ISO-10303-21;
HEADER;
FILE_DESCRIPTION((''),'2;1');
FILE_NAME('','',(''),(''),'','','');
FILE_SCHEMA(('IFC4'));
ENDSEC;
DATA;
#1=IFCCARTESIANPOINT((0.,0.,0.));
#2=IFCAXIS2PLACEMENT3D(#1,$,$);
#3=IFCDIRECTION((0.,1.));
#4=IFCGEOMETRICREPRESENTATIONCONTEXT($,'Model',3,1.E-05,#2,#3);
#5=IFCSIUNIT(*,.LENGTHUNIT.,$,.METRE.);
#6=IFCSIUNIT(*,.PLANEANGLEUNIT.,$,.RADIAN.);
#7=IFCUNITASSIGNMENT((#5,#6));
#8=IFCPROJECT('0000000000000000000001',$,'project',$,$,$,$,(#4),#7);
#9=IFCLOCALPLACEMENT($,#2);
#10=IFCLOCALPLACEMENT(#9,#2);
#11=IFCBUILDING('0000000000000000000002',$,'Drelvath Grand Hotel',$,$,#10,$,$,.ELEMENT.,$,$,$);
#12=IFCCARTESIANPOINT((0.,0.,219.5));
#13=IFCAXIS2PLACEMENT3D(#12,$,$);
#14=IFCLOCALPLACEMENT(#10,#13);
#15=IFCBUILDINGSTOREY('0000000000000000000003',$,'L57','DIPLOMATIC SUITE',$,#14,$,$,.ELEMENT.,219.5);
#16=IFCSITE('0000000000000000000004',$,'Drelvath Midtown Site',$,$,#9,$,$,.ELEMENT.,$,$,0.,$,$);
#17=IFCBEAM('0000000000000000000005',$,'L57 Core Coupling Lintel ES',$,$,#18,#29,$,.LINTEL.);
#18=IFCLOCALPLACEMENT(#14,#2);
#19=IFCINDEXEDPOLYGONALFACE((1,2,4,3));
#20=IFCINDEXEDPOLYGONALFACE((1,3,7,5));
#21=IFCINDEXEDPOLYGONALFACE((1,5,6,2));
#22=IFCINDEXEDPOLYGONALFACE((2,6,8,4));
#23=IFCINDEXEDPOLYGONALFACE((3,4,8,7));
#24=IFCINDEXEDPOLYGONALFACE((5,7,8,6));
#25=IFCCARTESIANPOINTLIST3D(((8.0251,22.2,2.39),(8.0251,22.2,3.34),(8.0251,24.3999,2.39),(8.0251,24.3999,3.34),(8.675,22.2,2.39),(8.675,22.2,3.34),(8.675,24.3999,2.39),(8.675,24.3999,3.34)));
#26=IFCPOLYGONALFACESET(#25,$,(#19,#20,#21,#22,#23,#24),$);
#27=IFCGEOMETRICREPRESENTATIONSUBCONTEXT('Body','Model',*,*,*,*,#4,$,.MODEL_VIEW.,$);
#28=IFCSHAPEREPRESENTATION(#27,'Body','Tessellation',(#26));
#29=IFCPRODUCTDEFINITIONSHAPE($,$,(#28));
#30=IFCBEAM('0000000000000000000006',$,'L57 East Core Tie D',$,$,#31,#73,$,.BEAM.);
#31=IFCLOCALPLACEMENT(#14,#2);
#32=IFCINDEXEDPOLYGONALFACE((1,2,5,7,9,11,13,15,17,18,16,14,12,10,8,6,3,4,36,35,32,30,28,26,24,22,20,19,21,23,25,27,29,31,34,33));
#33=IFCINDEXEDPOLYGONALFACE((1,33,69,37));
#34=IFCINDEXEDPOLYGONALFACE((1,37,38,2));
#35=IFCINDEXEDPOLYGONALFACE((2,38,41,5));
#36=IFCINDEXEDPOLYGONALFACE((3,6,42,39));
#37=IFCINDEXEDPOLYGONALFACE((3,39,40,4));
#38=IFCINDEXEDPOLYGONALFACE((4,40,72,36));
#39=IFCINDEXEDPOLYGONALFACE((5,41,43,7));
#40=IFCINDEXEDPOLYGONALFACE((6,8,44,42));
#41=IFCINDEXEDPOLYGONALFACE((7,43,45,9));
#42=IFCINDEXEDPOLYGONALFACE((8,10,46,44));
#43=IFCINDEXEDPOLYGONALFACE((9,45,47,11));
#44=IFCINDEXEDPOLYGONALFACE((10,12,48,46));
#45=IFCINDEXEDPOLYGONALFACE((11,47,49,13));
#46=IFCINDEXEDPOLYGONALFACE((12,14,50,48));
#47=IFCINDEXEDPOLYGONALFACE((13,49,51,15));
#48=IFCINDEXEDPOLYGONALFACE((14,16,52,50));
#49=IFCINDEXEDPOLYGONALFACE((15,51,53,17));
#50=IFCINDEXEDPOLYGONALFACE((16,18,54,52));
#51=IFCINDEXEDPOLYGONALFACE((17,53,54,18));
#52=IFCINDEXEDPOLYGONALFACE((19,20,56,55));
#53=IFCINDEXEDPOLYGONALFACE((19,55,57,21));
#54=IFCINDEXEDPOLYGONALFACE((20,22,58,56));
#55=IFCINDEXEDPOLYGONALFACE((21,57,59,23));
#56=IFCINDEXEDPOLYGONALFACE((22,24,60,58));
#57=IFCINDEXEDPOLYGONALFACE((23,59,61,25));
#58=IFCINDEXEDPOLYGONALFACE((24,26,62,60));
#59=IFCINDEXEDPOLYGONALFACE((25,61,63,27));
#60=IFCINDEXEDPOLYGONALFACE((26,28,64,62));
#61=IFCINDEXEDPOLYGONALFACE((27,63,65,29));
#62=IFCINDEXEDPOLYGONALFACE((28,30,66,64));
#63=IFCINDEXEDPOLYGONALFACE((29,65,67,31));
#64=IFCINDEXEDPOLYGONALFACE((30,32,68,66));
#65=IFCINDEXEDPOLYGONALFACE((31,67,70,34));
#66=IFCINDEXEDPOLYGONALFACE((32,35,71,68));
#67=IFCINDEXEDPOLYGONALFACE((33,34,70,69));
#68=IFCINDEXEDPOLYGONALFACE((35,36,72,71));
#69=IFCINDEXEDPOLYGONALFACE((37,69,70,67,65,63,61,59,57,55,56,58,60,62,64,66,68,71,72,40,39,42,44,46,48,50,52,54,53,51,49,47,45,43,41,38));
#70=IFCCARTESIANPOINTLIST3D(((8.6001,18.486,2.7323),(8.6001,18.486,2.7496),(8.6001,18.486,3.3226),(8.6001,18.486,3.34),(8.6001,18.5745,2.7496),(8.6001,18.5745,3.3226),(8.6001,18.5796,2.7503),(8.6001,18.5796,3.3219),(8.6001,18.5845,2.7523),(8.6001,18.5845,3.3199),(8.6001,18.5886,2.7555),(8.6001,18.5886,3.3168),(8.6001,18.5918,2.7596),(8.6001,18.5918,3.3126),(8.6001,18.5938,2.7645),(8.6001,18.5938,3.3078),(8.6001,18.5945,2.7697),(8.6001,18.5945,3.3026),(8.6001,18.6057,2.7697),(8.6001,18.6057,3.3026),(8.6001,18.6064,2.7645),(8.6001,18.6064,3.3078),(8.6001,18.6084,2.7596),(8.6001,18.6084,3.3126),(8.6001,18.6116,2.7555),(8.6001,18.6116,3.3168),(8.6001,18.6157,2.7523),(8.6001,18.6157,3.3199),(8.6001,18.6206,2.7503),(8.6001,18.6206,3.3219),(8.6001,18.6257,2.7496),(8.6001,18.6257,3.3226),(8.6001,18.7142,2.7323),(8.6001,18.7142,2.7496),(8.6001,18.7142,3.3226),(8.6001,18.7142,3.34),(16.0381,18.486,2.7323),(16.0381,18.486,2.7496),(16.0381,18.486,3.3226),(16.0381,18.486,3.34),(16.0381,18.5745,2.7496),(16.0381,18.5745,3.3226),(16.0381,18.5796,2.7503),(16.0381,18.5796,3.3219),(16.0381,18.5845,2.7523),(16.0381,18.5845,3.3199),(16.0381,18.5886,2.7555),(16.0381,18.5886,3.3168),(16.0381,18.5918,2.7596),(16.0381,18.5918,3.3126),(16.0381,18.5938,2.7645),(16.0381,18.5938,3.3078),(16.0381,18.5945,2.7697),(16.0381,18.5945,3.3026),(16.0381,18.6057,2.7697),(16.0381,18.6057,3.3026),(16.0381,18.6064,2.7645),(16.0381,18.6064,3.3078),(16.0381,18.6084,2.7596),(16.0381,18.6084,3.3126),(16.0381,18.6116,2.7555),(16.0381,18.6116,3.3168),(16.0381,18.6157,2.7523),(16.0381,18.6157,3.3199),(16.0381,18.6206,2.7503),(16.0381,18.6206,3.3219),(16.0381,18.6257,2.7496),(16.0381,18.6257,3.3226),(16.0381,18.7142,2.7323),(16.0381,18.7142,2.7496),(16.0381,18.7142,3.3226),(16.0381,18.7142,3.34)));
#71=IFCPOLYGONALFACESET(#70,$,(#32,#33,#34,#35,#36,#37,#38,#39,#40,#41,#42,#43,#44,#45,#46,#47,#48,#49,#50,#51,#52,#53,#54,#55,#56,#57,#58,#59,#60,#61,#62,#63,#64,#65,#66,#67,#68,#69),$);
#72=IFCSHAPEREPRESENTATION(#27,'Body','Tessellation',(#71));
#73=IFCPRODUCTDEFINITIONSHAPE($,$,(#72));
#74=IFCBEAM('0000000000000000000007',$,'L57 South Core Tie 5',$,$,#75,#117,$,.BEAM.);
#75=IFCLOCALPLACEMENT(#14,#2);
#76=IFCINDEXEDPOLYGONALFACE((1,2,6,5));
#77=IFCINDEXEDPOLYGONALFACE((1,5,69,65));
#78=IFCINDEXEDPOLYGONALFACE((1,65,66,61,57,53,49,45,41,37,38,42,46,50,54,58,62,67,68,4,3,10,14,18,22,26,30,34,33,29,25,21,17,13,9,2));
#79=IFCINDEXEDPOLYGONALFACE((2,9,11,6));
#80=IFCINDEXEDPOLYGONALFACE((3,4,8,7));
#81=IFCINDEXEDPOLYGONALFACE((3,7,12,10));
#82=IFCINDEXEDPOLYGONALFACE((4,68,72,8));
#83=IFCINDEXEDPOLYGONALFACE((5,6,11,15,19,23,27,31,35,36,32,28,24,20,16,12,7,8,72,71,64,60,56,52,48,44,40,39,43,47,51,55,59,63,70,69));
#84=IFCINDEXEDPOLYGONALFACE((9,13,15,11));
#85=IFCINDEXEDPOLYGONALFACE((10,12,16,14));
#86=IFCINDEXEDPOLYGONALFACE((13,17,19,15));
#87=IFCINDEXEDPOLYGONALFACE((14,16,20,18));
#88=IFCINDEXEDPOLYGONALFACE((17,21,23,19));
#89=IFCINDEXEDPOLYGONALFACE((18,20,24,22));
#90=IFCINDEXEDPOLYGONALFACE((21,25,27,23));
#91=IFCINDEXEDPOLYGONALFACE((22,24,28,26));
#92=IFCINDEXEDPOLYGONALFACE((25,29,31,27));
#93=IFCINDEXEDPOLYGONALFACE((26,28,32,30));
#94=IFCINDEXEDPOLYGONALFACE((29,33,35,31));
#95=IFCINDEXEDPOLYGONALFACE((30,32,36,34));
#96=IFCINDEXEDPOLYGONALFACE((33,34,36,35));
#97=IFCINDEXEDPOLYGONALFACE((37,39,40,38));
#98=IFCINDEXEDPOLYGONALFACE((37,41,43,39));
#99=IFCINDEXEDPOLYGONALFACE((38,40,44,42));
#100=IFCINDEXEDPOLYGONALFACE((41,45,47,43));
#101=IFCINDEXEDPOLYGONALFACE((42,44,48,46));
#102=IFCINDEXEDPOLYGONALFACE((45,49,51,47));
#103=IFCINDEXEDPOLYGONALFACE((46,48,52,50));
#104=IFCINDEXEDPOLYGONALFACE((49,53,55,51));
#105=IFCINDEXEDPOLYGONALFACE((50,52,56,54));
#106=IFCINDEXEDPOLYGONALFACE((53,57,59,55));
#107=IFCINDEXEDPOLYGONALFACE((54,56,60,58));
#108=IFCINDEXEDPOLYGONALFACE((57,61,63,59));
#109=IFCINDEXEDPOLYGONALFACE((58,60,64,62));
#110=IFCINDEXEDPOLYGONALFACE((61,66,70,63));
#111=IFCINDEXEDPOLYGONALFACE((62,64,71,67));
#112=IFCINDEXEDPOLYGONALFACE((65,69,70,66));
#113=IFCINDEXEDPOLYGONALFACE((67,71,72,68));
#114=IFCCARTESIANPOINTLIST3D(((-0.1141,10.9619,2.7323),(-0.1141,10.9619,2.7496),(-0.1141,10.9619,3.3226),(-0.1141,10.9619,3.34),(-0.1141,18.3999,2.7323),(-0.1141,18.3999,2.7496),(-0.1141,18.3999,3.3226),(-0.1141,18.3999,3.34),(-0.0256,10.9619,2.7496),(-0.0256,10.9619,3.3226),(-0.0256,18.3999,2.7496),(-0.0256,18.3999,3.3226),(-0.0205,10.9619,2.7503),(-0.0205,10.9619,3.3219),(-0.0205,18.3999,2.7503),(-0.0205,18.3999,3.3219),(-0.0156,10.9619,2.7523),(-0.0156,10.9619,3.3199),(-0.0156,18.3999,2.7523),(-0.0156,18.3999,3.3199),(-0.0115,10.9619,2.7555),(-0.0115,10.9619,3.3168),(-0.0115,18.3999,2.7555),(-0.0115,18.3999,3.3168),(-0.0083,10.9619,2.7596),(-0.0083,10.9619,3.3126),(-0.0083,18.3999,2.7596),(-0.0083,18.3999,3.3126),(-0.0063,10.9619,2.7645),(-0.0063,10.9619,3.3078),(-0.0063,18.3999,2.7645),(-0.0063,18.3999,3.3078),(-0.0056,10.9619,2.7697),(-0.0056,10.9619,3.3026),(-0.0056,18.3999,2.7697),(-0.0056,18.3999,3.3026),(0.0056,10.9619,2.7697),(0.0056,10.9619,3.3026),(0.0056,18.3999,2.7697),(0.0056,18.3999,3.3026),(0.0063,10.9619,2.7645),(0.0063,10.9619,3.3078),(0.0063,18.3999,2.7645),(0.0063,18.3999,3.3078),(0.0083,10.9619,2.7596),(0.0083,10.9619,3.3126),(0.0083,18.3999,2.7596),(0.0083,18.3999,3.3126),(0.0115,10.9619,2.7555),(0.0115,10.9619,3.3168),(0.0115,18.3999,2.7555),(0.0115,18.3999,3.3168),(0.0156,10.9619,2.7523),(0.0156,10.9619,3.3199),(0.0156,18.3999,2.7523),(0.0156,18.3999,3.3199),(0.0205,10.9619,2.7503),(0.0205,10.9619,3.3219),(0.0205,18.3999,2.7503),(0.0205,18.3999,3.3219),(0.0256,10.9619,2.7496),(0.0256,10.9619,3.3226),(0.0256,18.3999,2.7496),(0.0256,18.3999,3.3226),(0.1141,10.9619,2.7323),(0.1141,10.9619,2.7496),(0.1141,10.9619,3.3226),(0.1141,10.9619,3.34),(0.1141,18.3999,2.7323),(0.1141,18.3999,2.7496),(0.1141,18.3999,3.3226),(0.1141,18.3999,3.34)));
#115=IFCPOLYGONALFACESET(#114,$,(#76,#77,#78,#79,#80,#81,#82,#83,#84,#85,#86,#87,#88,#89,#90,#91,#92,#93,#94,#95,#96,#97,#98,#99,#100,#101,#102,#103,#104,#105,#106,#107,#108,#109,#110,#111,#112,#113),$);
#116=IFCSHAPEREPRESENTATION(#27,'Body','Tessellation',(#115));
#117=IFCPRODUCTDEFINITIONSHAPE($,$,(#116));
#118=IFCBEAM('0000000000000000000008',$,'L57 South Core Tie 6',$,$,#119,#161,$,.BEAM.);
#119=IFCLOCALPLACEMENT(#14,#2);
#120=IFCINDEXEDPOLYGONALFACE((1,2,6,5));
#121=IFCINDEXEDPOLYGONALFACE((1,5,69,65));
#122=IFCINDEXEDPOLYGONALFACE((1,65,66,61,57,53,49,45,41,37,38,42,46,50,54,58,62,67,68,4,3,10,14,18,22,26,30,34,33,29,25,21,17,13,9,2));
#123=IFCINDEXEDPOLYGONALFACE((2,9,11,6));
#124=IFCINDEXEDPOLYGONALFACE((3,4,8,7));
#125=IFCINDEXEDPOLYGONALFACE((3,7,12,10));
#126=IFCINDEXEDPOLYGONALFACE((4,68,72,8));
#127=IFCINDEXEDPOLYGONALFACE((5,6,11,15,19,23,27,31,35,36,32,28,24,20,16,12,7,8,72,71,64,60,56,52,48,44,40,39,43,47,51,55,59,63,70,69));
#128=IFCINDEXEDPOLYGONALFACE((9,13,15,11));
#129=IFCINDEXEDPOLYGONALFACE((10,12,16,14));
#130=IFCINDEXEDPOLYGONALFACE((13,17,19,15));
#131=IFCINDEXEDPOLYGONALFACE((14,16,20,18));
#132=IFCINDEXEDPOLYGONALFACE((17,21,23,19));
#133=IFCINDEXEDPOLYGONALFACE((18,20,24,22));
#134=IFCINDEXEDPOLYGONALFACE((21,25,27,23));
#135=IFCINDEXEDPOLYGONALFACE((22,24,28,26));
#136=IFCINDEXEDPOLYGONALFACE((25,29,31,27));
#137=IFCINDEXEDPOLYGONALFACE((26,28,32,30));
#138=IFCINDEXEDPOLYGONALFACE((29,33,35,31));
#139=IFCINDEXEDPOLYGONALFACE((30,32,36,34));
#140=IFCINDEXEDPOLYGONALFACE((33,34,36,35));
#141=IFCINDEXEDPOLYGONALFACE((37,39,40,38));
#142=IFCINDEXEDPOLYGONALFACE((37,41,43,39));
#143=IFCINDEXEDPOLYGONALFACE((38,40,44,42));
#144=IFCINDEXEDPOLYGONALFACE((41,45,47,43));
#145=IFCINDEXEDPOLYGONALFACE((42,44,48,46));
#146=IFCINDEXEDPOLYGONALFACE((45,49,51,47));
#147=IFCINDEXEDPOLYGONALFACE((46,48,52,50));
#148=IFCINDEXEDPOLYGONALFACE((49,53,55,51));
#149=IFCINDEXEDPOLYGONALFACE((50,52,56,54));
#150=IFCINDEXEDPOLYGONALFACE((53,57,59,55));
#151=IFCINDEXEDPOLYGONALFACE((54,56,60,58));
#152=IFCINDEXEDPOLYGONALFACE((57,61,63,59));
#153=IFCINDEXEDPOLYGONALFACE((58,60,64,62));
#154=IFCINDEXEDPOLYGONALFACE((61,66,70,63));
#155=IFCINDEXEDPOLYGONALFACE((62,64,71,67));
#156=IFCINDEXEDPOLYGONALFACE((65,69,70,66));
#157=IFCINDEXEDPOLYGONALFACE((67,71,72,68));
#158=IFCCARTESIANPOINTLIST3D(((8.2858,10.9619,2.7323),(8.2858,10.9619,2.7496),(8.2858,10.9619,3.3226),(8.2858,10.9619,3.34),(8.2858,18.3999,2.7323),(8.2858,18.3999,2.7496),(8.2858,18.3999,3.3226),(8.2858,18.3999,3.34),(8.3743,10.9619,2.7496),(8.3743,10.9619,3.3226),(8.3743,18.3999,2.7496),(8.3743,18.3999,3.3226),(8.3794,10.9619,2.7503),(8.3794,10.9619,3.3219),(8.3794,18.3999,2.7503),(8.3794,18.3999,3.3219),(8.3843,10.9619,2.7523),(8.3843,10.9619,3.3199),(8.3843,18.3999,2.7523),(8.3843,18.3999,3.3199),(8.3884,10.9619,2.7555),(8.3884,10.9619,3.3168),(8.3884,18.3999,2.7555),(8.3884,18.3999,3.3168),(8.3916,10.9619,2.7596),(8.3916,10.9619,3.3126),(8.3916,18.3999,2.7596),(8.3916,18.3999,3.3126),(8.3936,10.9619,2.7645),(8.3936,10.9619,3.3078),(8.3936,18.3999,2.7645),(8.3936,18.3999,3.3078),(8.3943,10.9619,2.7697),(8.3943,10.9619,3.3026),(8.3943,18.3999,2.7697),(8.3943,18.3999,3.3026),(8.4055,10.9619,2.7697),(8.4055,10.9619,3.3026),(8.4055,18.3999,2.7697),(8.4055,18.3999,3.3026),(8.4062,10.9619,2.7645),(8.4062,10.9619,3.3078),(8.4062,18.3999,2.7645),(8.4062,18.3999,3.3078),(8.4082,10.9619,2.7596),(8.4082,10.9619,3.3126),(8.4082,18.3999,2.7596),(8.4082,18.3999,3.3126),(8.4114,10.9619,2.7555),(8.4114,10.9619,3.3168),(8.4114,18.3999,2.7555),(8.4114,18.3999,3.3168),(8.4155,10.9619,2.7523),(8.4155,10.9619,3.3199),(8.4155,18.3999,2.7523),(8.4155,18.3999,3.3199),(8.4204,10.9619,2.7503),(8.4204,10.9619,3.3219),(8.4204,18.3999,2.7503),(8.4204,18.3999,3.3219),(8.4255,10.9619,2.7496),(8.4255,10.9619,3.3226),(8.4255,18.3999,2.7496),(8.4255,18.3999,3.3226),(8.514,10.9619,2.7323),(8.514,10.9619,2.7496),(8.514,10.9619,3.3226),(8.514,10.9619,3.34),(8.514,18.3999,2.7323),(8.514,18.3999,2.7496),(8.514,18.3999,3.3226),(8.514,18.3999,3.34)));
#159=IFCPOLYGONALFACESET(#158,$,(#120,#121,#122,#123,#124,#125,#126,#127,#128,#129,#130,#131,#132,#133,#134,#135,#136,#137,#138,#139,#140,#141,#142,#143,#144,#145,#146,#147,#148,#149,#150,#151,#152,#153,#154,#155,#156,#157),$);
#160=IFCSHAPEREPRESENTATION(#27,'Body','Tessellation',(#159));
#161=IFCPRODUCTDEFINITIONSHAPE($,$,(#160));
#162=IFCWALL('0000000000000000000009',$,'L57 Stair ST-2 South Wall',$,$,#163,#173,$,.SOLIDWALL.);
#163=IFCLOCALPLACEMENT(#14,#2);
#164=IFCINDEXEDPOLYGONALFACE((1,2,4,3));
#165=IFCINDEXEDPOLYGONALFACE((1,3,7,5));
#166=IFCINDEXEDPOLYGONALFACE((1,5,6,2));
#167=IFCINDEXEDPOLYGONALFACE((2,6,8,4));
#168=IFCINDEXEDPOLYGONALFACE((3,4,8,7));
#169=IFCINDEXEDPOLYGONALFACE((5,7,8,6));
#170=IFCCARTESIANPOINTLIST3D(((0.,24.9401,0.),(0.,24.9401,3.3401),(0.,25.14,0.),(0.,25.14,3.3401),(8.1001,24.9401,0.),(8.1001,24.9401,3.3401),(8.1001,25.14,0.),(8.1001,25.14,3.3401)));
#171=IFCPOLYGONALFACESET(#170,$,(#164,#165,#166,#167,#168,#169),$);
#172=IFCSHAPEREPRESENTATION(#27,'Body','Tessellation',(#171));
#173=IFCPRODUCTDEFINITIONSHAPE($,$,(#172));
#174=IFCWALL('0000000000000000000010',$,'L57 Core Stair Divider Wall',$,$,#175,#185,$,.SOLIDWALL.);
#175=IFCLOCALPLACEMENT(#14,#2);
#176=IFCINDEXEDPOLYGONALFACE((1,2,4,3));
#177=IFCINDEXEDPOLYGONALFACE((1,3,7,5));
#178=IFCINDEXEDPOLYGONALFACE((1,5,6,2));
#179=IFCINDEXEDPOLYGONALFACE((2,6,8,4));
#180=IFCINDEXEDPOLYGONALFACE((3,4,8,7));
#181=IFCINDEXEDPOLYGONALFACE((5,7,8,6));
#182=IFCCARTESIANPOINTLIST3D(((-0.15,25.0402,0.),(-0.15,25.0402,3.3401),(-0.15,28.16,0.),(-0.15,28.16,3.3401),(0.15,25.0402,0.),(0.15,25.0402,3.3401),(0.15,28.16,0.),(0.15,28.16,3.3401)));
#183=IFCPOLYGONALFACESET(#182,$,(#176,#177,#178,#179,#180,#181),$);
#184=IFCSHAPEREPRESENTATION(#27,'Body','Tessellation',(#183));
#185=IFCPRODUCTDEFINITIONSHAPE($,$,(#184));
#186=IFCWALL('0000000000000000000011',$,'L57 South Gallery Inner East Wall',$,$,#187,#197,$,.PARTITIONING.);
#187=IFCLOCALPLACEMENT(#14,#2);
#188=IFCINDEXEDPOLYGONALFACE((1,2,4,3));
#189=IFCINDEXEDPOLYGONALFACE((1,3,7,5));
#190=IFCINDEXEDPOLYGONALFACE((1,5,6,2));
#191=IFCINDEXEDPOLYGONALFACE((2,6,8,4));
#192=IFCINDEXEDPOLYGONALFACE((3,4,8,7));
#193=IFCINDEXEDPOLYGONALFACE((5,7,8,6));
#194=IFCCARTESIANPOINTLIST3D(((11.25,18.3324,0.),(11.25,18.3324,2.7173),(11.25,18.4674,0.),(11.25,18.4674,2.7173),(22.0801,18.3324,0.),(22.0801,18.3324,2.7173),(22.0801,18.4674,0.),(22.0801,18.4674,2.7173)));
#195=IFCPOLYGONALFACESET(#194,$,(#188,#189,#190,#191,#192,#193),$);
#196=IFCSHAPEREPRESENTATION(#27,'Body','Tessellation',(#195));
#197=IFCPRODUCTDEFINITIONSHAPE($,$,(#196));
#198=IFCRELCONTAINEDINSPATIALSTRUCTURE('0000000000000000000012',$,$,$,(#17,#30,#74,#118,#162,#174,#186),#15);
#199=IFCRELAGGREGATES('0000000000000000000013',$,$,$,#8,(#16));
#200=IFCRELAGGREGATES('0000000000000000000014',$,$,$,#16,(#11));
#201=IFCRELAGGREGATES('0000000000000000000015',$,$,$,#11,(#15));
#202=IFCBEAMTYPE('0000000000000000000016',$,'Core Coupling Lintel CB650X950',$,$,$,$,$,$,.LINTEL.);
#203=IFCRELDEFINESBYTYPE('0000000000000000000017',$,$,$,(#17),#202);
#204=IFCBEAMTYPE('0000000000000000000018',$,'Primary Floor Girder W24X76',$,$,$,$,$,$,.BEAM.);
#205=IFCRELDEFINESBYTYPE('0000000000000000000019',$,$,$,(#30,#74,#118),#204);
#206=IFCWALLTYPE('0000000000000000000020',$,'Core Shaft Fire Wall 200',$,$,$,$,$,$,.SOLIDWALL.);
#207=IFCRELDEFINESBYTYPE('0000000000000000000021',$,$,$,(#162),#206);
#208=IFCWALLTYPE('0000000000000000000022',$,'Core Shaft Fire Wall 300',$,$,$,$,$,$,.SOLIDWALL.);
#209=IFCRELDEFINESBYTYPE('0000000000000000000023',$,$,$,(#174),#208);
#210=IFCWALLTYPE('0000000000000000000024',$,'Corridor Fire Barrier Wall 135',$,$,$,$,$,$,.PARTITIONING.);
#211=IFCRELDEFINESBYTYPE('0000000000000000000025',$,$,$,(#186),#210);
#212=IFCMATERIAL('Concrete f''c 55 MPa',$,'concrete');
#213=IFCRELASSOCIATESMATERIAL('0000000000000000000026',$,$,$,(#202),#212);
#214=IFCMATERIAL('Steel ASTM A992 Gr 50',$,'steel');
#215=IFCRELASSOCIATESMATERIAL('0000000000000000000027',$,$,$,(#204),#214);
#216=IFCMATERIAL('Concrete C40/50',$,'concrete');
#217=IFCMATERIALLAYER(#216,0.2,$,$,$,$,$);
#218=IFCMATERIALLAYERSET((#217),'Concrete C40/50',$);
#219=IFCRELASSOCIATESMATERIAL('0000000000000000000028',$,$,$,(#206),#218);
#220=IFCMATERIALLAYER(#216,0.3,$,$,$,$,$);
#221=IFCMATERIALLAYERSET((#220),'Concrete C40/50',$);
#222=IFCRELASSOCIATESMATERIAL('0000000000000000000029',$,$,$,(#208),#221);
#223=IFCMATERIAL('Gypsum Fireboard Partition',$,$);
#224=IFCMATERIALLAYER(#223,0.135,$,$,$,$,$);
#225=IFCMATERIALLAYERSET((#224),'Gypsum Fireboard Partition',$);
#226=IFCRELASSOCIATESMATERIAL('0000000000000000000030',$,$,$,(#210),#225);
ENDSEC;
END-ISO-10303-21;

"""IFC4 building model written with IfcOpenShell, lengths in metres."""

from ifc_helpers import new_model, si_unit, direction, frame, frame_2d, origin, origin_2d, place, context, subcontext, project, spatial, rectangle, i_section, extrude, material, layer, layer_set, material_profile, profile_set, type_object, element, save


model = new_model("IFC4")

# Units and contexts
model_context = context("Model", 3, precision=1e-05, world=origin(), true_north=direction((0.0, 1.0)))
body_context = subcontext(model_context, "Body", "Model", "MODEL_VIEW")
ifc_project = project(units=[si_unit("LENGTHUNIT", "METRE"), si_unit("PLANEANGLEUNIT", "RADIAN")], contexts=[model_context])

# Site, building, storey
site_placement = place(None, origin())
site = spatial("IfcSite", under=ifc_project, at=site_placement, Name="Drelvath Midtown Site", CompositionType="ELEMENT", RefElevation=0.0)
building_placement = place(site_placement, origin())
building = spatial("IfcBuilding", under=site, at=building_placement, Name="Drelvath Grand Hotel", CompositionType="ELEMENT")
storey_placement = place(building_placement, frame((0.0, 0.0, 219.5)))
storey = spatial("IfcBuildingStorey", under=building, at=storey_placement, Name="L57", Description="DIPLOMATIC SUITE", CompositionType="ELEMENT", Elevation=219.5)

# Beams
ifc_material_1 = material(Name="Concrete f'c 55 MPa", Category="concrete")
ifc_material_profile_1 = material_profile(ifc_material_1, rectangle(XDim=0.6499, YDim=0.95, at=origin_2d()), Name="CB650X950")
ifc_profile_set_1 = profile_set([ifc_material_profile_1], Name="Concrete f'c 55 MPa")
beam_type_1 = type_object("IfcBeamType", Name="Core Coupling Lintel CB650X950", PredefinedType="LINTEL", material=ifc_profile_set_1)
beam_placement = place(storey_placement, frame((8.3501, 22.2, 2.865), z_axis=(0.0, 1.0, 0.0), x_axis=(-1.0, 0.0, 0.0)))
element("IfcBeam", 1, at=beam_placement, inside=storey, type_object=beam_type_1, Name="L57 Core Coupling Lintel ES", PredefinedType="LINTEL", context=body_context, shape_type="SweptSolid", body=[
    extrude(rectangle(XDim=0.6499, YDim=0.95, at=origin_2d()), origin(), (0.0, 0.0, 1.0), 2.2),
])
ifc_material_2 = material(Name="Steel ASTM A992 Gr 50", Category="steel")
ifc_material_profile_2 = material_profile(ifc_material_2, i_section(OverallWidth=0.2283, OverallDepth=0.6077, WebThickness=0.0112, FlangeThickness=0.0173, FilletRadius=0.02, at=origin_2d()), Name="W24X76")
ifc_profile_set_2 = profile_set([ifc_material_profile_2], Name="Steel ASTM A992 Gr 50")
beam_type_2 = type_object("IfcBeamType", Name="Primary Floor Girder W24X76", PredefinedType="BEAM", material=ifc_profile_set_2)
for number, where, z_axis, x_axis, name in (
    (2, (8.6001, 18.6001, 3.0361), (1.0, 0.0, 0.0), (0.0, 1.0, 0.0), "L57 East Core Tie D"),
    (3, (0.0, 10.9619, 3.0361), (0.0, 1.0, 0.0), (-1.0, 0.0, 0.0), "L57 South Core Tie 5"),
    (4, (8.3999, 10.9619, 3.0361), (0.0, 1.0, 0.0), (-1.0, 0.0, 0.0), "L57 South Core Tie 6"),
):
    element("IfcBeam", number, at=place(storey_placement, frame(where, z_axis=z_axis, x_axis=x_axis)), inside=storey, type_object=beam_type_2, Name=name, PredefinedType="BEAM", context=body_context, shape_type="SweptSolid", body=[
        extrude(i_section(OverallWidth=0.2283, OverallDepth=0.6077, WebThickness=0.0112, FlangeThickness=0.0173, FilletRadius=0.02, at=origin_2d()), origin(), (0.0, 0.0, 1.0), 7.438),
    ])

# Walls
ifc_material_3 = material(Name="Concrete C40/50", Category="concrete")
ifc_layer_1 = layer(ifc_material_3, 0.2)
ifc_layer_set_1 = layer_set([ifc_layer_1], Name="Concrete C40/50")
wall_type_1 = type_object("IfcWallType", Name="Core Shaft Fire Wall 200", PredefinedType="SOLIDWALL", material=ifc_layer_set_1)
wall_1_placement = place(storey_placement, frame((0.0, 25.04, 0.0), z_axis=(0.0, 0.0, 1.0), x_axis=(1.0, 0.0, 0.0)))
element("IfcWall", 5, at=wall_1_placement, inside=storey, type_object=wall_type_1, Name="L57 Stair ST-2 South Wall", PredefinedType="SOLIDWALL", context=body_context, shape_type="SweptSolid", body=[
    extrude(rectangle(XDim=8.1001, YDim=0.2, at=frame_2d((4.05, 0.0))), origin(), (0.0, 0.0, 1.0), 3.3401),
])
ifc_layer_2 = layer(ifc_material_3, 0.3)
ifc_layer_set_2 = layer_set([ifc_layer_2], Name="Concrete C40/50")
wall_type_2 = type_object("IfcWallType", Name="Core Shaft Fire Wall 300", PredefinedType="SOLIDWALL", material=ifc_layer_set_2)
wall_2_placement = place(storey_placement, frame((0.0, 25.04, 0.0), z_axis=(0.0, 0.0, 1.0), x_axis=(0.0, 1.0, 0.0)))
element("IfcWall", 6, at=wall_2_placement, inside=storey, type_object=wall_type_2, Name="L57 Core Stair Divider Wall", PredefinedType="SOLIDWALL", context=body_context, shape_type="SweptSolid", body=[
    extrude(rectangle(XDim=3.1199, YDim=0.3, at=frame_2d((1.5601, 0.0))), origin(), (0.0, 0.0, 1.0), 3.3401),
])
ifc_material_4 = material(Name="Gypsum Fireboard Partition")
ifc_layer_3 = layer(ifc_material_4, 0.135)
ifc_layer_set_3 = layer_set([ifc_layer_3], Name="Gypsum Fireboard Partition")
wall_type_3 = type_object("IfcWallType", Name="Corridor Fire Barrier Wall 135", PredefinedType="PARTITIONING", material=ifc_layer_set_3)
wall_3_placement = place(storey_placement, frame((11.25, 18.3999, 0.0), z_axis=(0.0, 0.0, 1.0), x_axis=(1.0, 0.0, 0.0)))
element("IfcWall", 7, at=wall_3_placement, inside=storey, type_object=wall_type_3, Name="L57 South Gallery Inner East Wall", PredefinedType="PARTITIONING", context=body_context, shape_type="SweptSolid", body=[
    extrude(rectangle(XDim=10.8301, YDim=0.135, at=frame_2d((5.415, 0.0))), origin(), (0.0, 0.0, 1.0), 2.7173),
])

save(model, "model.ifc")
